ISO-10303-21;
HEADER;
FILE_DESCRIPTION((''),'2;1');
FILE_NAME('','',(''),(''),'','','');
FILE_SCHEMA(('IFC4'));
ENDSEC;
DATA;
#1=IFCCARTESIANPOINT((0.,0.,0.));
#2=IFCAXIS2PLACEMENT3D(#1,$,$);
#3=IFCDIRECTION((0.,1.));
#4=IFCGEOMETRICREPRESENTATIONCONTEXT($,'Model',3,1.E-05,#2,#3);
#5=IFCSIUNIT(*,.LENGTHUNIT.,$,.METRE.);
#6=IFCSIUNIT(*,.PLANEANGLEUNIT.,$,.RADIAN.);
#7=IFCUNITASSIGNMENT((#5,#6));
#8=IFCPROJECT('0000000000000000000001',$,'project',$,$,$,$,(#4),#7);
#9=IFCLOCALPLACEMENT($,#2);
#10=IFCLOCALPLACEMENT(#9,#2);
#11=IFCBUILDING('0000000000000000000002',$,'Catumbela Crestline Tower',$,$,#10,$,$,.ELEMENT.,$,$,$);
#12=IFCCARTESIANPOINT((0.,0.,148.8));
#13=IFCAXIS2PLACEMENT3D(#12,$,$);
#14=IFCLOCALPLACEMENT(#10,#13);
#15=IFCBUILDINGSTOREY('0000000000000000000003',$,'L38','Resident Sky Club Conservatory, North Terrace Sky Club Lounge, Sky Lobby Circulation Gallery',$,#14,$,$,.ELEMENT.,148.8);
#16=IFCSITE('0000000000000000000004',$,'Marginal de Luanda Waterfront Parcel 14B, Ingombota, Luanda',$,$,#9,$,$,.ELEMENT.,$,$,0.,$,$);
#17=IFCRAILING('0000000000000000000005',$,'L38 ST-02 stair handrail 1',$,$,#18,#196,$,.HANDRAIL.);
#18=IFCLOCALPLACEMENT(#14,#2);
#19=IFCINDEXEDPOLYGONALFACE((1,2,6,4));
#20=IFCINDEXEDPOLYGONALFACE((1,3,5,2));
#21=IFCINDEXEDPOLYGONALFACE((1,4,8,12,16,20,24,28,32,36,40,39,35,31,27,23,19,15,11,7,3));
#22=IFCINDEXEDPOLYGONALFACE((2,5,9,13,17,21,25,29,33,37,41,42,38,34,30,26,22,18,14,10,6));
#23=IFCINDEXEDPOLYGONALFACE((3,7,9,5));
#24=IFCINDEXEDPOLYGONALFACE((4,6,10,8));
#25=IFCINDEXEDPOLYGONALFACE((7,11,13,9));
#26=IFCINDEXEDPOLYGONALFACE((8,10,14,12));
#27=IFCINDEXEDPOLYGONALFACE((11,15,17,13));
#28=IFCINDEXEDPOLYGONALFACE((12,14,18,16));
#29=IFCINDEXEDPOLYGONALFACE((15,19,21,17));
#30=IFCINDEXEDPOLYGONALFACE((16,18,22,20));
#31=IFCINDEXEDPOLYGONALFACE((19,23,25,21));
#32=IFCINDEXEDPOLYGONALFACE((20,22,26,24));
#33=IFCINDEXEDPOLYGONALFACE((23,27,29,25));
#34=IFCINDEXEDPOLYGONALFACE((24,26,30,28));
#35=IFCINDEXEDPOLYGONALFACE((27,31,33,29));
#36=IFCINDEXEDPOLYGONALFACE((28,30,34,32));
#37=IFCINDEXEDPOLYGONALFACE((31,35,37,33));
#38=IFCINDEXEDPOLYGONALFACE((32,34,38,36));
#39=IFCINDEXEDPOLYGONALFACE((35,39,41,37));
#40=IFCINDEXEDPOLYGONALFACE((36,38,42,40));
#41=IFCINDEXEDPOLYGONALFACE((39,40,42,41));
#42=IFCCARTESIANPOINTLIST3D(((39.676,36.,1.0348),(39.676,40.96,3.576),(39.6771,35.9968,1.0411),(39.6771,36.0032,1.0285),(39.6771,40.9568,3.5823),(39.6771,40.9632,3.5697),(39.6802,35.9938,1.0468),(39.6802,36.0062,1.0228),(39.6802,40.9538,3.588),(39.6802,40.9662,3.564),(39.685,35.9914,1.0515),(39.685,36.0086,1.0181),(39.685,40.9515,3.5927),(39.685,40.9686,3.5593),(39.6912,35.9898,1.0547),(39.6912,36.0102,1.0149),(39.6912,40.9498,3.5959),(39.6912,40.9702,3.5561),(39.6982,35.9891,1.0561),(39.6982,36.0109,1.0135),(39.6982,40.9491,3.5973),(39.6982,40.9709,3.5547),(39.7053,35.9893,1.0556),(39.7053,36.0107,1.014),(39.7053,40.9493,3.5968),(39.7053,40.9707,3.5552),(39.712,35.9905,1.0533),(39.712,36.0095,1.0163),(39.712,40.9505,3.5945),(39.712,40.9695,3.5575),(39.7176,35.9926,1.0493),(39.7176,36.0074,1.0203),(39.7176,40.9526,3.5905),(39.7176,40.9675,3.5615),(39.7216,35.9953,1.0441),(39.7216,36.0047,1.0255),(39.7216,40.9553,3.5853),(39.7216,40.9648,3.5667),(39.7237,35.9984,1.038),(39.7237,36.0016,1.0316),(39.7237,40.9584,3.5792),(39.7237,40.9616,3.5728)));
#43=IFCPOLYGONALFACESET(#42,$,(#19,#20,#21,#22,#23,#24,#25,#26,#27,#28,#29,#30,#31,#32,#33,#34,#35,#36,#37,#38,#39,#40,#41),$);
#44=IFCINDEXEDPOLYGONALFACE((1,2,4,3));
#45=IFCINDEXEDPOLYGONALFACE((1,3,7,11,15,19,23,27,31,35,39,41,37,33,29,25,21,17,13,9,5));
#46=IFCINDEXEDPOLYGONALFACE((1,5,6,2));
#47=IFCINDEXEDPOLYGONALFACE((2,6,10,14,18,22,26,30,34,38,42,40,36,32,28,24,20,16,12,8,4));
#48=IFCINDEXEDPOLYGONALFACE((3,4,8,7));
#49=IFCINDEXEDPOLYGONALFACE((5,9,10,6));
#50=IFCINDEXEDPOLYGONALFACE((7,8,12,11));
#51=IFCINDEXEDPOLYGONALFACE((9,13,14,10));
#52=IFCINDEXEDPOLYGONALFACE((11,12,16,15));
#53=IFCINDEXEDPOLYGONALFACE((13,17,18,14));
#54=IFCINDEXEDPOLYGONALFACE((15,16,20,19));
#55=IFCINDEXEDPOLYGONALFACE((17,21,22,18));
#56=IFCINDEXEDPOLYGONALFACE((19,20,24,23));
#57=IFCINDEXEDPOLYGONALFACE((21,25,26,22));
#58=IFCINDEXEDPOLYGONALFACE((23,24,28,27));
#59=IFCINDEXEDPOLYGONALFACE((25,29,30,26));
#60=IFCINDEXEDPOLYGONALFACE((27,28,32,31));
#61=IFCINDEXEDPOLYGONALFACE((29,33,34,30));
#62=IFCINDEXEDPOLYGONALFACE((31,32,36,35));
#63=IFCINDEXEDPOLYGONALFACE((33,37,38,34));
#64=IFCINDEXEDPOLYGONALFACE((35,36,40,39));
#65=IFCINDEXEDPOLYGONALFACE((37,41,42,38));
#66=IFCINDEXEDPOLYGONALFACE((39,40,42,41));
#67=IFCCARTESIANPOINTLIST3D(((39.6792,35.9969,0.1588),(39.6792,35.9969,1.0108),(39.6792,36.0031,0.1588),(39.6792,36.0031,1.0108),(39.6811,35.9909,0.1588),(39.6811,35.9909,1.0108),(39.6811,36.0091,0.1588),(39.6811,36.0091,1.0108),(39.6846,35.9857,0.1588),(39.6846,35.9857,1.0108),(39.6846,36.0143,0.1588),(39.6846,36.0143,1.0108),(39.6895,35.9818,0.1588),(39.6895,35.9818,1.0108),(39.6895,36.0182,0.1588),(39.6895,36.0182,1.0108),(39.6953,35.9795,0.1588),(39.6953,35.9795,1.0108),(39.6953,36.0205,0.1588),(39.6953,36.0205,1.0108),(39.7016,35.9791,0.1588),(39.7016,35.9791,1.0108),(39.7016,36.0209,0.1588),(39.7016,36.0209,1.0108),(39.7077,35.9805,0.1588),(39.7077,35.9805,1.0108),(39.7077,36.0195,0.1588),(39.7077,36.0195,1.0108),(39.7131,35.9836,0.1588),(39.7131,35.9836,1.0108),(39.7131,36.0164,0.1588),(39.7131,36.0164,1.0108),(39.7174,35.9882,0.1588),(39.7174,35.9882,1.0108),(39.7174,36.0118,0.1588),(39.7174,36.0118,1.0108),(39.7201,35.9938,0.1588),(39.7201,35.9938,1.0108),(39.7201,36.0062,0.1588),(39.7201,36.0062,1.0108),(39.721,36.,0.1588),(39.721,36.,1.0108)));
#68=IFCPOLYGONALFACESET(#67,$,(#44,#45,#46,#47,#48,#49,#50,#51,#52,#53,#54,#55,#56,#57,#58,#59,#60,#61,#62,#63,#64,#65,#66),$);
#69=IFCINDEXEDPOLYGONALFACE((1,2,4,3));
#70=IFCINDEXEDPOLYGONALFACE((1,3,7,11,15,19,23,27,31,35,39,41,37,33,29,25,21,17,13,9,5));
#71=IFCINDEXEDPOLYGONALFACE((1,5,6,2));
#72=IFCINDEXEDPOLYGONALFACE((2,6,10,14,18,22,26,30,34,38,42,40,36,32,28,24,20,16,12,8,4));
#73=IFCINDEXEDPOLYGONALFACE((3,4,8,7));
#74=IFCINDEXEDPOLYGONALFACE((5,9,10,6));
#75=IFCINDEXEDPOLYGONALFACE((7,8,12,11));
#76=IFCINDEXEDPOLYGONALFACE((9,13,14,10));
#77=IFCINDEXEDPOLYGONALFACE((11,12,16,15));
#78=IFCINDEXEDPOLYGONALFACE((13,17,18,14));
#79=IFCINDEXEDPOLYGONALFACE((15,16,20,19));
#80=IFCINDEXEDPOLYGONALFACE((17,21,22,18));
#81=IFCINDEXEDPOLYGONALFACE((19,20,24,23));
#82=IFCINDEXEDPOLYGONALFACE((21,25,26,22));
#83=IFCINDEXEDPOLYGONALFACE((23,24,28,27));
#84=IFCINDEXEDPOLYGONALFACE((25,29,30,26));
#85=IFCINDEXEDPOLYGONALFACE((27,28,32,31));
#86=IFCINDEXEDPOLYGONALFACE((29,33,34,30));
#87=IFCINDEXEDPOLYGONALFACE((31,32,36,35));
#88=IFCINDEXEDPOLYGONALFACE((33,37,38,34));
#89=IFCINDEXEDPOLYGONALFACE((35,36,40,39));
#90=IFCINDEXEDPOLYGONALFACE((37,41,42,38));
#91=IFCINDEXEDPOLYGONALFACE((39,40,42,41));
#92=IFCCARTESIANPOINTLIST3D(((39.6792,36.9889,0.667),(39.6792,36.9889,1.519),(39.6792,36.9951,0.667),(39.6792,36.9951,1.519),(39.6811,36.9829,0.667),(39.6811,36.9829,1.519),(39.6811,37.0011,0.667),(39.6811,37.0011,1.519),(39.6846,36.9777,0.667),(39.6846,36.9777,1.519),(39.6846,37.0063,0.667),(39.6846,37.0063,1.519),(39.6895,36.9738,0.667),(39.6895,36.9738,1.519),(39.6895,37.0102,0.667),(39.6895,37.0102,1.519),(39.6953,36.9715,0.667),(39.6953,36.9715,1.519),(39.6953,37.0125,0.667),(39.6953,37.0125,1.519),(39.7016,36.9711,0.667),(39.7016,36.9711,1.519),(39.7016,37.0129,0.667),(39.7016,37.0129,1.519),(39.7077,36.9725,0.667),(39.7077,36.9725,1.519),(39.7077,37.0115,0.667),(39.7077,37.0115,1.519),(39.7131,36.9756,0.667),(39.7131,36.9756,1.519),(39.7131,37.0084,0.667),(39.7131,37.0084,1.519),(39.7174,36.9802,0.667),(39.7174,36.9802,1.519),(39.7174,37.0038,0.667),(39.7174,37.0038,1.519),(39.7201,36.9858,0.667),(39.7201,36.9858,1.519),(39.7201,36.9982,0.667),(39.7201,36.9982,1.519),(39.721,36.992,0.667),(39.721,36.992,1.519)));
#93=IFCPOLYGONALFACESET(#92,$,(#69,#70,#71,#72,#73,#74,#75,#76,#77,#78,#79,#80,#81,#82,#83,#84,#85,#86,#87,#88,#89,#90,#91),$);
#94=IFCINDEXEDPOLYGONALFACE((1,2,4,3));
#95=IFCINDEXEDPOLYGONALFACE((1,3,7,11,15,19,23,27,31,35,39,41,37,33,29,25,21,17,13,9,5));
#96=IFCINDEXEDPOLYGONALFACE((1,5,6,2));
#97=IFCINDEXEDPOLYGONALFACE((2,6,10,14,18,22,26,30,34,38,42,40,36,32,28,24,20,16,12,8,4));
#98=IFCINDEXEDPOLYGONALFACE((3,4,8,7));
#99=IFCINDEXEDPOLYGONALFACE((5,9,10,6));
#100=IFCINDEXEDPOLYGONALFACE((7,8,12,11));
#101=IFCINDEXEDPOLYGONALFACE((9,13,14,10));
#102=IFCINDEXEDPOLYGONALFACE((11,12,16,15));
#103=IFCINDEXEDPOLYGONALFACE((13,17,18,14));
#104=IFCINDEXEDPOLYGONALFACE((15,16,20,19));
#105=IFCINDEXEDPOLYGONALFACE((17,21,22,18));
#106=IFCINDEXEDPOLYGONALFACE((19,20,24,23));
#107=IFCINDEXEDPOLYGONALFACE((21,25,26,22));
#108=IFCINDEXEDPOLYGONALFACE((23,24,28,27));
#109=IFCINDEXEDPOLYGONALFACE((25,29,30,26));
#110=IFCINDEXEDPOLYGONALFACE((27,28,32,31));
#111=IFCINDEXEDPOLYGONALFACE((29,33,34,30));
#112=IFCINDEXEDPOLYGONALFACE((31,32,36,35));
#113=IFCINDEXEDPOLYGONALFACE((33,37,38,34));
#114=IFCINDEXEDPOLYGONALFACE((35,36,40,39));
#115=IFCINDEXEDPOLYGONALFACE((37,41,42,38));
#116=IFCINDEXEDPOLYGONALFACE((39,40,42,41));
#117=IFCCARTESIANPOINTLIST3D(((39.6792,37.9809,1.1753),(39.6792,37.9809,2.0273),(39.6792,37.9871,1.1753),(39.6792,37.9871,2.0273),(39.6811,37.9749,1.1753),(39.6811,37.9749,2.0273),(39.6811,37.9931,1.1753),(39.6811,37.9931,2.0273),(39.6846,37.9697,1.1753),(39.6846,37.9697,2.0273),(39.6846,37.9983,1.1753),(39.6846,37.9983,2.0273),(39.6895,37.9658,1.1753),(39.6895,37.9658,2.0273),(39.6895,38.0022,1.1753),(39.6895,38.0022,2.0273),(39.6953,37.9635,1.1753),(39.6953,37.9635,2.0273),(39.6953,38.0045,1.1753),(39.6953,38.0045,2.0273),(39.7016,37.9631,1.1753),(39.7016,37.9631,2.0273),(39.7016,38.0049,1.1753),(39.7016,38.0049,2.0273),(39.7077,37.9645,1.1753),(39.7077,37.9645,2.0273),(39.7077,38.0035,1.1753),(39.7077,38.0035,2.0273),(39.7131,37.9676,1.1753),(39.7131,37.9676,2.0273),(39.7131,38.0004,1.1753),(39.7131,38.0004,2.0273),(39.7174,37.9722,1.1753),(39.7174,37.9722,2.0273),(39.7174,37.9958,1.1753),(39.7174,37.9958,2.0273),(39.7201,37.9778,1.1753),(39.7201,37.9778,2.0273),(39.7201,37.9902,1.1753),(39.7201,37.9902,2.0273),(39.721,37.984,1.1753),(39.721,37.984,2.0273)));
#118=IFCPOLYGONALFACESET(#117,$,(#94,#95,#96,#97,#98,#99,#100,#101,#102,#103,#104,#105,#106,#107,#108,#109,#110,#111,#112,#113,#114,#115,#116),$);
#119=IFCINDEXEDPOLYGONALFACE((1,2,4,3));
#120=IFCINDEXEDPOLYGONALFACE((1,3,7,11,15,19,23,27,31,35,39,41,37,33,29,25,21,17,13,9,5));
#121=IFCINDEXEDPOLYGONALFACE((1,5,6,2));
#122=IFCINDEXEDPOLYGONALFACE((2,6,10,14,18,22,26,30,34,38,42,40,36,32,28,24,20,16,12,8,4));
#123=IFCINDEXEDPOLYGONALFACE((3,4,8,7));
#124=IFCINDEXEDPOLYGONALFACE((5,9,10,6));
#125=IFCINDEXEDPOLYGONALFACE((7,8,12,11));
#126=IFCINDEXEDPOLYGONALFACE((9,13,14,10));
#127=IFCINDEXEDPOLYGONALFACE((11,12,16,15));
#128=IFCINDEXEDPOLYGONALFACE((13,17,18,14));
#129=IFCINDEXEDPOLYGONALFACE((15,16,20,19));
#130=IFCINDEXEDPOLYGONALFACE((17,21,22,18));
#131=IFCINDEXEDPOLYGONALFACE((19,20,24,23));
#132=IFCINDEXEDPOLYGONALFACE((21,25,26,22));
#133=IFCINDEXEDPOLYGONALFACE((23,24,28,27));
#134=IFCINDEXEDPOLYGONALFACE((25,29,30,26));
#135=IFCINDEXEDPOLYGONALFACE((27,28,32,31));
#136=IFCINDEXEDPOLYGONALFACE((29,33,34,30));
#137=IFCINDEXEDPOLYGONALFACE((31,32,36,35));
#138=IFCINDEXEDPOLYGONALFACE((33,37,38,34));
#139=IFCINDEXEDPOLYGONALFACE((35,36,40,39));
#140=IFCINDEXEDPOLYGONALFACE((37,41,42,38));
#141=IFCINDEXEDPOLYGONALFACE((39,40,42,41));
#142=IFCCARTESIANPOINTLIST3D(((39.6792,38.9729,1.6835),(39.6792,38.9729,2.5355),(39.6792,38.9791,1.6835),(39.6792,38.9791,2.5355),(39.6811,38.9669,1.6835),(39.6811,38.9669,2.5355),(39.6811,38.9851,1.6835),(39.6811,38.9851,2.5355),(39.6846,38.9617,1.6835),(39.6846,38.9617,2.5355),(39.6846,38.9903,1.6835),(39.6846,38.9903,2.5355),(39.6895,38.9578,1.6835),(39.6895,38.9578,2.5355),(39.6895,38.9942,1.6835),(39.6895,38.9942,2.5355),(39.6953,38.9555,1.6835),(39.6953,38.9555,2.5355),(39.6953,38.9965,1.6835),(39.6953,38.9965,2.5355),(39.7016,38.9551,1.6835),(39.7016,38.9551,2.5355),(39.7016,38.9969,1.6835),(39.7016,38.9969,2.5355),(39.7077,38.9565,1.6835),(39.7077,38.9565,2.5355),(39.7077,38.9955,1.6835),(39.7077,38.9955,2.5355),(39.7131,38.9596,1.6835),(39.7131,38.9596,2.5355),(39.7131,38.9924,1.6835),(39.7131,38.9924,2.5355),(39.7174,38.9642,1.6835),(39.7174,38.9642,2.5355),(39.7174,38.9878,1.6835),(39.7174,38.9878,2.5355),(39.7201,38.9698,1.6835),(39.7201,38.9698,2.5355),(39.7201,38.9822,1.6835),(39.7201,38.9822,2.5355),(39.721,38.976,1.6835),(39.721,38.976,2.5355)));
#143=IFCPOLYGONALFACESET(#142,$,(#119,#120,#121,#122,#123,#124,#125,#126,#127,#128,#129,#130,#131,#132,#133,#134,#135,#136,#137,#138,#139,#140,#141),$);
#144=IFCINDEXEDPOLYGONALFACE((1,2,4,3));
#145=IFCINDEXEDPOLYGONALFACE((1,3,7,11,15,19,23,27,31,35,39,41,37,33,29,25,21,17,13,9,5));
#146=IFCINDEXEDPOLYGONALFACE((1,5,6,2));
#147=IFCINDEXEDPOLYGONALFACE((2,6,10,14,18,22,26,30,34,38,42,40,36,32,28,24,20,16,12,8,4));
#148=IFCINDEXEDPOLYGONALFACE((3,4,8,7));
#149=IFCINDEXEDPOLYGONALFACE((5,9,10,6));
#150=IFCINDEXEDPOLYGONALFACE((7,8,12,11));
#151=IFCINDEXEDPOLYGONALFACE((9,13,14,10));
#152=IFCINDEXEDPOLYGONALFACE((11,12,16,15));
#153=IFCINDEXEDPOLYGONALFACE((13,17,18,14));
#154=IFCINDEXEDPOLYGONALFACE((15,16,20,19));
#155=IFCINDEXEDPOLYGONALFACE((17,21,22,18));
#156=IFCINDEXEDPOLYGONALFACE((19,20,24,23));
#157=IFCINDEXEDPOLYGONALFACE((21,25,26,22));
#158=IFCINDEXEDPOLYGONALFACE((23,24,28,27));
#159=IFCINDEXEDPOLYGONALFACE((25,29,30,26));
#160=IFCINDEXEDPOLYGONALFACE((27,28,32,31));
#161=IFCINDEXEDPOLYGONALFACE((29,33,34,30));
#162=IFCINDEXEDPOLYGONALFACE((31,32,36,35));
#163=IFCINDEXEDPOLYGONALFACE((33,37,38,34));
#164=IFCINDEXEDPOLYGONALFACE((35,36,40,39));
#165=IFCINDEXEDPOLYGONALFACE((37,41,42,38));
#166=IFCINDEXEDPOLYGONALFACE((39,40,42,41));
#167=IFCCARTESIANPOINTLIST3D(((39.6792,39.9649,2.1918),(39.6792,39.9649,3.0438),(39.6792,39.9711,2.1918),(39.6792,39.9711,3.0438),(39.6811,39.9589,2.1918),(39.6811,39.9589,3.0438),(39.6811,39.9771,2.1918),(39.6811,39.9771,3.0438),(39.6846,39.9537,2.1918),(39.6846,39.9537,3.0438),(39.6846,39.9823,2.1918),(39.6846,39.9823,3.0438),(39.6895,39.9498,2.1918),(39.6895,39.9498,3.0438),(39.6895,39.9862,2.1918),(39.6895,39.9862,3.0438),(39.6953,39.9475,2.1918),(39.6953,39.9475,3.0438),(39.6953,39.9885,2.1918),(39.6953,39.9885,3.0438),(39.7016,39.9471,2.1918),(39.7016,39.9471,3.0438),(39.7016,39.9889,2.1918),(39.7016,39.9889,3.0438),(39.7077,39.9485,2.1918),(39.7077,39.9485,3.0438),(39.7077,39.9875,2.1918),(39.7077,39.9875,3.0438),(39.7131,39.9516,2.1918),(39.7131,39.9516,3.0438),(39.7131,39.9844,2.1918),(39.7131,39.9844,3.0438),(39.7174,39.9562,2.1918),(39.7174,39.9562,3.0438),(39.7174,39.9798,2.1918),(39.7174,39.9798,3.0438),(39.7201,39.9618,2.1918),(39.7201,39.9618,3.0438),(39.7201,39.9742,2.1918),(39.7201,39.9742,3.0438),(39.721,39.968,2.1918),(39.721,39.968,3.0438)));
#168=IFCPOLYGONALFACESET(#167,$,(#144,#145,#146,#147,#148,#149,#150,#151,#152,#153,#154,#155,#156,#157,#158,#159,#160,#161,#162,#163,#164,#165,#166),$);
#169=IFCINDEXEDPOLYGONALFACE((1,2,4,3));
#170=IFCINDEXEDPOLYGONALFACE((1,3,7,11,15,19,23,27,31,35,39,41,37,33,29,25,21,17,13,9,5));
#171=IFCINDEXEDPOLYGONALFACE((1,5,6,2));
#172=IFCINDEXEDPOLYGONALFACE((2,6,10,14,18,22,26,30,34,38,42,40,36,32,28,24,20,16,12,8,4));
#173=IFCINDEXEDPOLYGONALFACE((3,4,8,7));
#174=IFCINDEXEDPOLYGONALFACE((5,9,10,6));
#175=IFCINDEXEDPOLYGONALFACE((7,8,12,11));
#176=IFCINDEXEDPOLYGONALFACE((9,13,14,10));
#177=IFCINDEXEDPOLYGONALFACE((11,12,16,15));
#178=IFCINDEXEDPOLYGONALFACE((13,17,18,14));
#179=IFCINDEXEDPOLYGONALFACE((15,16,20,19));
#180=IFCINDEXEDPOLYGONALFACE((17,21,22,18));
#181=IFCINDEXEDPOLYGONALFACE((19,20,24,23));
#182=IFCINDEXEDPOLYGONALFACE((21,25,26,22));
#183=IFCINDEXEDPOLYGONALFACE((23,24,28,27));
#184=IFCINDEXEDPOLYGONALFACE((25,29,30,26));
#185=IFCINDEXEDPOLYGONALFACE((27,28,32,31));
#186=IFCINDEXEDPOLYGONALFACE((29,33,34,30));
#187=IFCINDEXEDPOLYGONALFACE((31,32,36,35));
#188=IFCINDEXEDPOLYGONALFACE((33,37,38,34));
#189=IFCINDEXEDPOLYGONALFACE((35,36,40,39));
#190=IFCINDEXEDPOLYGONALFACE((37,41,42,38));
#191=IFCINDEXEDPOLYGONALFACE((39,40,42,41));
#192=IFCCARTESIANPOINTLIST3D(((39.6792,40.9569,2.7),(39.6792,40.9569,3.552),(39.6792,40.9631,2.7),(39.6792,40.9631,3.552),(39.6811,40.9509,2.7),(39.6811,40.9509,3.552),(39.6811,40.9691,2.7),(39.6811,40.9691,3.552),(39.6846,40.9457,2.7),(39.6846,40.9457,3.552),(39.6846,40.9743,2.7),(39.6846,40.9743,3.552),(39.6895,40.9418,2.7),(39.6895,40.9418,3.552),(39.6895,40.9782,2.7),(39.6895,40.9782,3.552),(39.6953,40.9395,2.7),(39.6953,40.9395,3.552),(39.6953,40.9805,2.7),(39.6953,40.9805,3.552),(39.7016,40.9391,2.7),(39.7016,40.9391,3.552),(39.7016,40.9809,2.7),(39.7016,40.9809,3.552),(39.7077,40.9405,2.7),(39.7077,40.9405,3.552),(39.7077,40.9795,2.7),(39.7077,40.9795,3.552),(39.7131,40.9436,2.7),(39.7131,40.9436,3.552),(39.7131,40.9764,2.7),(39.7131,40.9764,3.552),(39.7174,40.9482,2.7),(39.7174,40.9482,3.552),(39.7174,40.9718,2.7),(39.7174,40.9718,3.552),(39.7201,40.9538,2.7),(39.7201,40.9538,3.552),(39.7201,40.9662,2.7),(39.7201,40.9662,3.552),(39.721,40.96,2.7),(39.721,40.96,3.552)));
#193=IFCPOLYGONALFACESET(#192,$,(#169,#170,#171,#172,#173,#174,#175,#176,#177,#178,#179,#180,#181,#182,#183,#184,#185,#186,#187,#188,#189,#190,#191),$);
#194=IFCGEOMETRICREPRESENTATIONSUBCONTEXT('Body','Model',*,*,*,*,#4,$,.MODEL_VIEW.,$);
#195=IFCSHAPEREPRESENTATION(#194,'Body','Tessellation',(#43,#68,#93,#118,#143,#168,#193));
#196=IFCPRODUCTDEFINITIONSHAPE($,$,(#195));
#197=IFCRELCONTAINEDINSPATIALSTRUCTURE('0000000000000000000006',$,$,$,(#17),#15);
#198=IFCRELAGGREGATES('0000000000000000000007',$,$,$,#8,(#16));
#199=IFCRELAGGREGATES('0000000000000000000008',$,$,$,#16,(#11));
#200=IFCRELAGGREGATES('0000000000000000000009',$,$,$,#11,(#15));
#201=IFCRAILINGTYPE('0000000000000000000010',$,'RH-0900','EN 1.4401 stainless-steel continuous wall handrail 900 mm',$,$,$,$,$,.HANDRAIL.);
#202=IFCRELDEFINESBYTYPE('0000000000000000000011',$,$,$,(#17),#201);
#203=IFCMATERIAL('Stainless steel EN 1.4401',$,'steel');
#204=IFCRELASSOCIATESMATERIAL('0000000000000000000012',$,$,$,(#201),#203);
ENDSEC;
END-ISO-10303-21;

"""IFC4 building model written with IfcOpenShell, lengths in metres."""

from ifc_helpers import new_model, si_unit, direction, frame, origin, origin_2d, place, context, subcontext, project, spatial, circle, extrude, material, type_object, element, save


model = new_model("IFC4")

# Units and contexts
model_context = context("Model", 3, precision=1e-05, world=origin(), true_north=direction((0.0, 1.0)))
body_context = subcontext(model_context, "Body", "Model", "MODEL_VIEW")
ifc_project = project(units=[si_unit("LENGTHUNIT", "METRE"), si_unit("PLANEANGLEUNIT", "RADIAN")], contexts=[model_context])

# Site, building, storey
site_placement = place(None, origin())
site = spatial("IfcSite", under=ifc_project, at=site_placement, Name="Marginal de Luanda Waterfront Parcel 14B, Ingombota, Luanda", CompositionType="ELEMENT", RefElevation=0.0)
building_placement = place(site_placement, origin())
building = spatial("IfcBuilding", under=site, at=building_placement, Name="Catumbela Crestline Tower", CompositionType="ELEMENT")
storey_placement = place(building_placement, frame((0.0, 0.0, 148.8)))
storey = spatial("IfcBuildingStorey", under=building, at=storey_placement, Name="L38", Description="Resident Sky Club Conservatory, North Terrace Sky Club Lounge, Sky Lobby Circulation Gallery", CompositionType="ELEMENT", Elevation=148.8)

# Shared definitions
ifc_material_1 = material(Name="Stainless steel EN 1.4401", Category="steel")

# Railing
railing_type_1 = type_object("IfcRailingType", Name="RH-0900", Description="EN 1.4401 stainless-steel continuous wall handrail 900 mm", PredefinedType="HANDRAIL", material=ifc_material_1)
railing_1_placement = place(storey_placement, frame((39.7, 36.0, 0.1588)))
element("IfcRailing", 1, at=railing_1_placement, inside=storey, type_object=railing_type_1, Name="L38 ST-02 stair handrail 1", PredefinedType="HANDRAIL", context=body_context, shape_type="SweptSolid", body=[
    extrude(circle(Radius=0.024, at=origin_2d()), frame((0.0, 0.0, 0.876), z_axis=(0.0, 0.889992, 0.455977), x_axis=(-1.0, 0.0, 0.0)), (0.0, 0.0, 1.0), 5.5731),
    extrude(circle(Radius=0.021, at=origin_2d()), origin(), (0.0, 0.0, 1.0), 0.852),
    extrude(circle(Radius=0.021, at=origin_2d()), frame((0.0, 0.992, 0.5082)), (0.0, 0.0, 1.0), 0.852),
    extrude(circle(Radius=0.021, at=origin_2d()), frame((0.0, 1.984, 1.0165)), (0.0, 0.0, 1.0), 0.852),
    extrude(circle(Radius=0.021, at=origin_2d()), frame((0.0, 2.976, 1.5247)), (0.0, 0.0, 1.0), 0.852),
    extrude(circle(Radius=0.021, at=origin_2d()), frame((0.0, 3.968, 2.033)), (0.0, 0.0, 1.0), 0.852),
    extrude(circle(Radius=0.021, at=origin_2d()), frame((0.0, 4.96, 2.5412)), (0.0, 0.0, 1.0), 0.852),
])

save(model, "model.ifc")
